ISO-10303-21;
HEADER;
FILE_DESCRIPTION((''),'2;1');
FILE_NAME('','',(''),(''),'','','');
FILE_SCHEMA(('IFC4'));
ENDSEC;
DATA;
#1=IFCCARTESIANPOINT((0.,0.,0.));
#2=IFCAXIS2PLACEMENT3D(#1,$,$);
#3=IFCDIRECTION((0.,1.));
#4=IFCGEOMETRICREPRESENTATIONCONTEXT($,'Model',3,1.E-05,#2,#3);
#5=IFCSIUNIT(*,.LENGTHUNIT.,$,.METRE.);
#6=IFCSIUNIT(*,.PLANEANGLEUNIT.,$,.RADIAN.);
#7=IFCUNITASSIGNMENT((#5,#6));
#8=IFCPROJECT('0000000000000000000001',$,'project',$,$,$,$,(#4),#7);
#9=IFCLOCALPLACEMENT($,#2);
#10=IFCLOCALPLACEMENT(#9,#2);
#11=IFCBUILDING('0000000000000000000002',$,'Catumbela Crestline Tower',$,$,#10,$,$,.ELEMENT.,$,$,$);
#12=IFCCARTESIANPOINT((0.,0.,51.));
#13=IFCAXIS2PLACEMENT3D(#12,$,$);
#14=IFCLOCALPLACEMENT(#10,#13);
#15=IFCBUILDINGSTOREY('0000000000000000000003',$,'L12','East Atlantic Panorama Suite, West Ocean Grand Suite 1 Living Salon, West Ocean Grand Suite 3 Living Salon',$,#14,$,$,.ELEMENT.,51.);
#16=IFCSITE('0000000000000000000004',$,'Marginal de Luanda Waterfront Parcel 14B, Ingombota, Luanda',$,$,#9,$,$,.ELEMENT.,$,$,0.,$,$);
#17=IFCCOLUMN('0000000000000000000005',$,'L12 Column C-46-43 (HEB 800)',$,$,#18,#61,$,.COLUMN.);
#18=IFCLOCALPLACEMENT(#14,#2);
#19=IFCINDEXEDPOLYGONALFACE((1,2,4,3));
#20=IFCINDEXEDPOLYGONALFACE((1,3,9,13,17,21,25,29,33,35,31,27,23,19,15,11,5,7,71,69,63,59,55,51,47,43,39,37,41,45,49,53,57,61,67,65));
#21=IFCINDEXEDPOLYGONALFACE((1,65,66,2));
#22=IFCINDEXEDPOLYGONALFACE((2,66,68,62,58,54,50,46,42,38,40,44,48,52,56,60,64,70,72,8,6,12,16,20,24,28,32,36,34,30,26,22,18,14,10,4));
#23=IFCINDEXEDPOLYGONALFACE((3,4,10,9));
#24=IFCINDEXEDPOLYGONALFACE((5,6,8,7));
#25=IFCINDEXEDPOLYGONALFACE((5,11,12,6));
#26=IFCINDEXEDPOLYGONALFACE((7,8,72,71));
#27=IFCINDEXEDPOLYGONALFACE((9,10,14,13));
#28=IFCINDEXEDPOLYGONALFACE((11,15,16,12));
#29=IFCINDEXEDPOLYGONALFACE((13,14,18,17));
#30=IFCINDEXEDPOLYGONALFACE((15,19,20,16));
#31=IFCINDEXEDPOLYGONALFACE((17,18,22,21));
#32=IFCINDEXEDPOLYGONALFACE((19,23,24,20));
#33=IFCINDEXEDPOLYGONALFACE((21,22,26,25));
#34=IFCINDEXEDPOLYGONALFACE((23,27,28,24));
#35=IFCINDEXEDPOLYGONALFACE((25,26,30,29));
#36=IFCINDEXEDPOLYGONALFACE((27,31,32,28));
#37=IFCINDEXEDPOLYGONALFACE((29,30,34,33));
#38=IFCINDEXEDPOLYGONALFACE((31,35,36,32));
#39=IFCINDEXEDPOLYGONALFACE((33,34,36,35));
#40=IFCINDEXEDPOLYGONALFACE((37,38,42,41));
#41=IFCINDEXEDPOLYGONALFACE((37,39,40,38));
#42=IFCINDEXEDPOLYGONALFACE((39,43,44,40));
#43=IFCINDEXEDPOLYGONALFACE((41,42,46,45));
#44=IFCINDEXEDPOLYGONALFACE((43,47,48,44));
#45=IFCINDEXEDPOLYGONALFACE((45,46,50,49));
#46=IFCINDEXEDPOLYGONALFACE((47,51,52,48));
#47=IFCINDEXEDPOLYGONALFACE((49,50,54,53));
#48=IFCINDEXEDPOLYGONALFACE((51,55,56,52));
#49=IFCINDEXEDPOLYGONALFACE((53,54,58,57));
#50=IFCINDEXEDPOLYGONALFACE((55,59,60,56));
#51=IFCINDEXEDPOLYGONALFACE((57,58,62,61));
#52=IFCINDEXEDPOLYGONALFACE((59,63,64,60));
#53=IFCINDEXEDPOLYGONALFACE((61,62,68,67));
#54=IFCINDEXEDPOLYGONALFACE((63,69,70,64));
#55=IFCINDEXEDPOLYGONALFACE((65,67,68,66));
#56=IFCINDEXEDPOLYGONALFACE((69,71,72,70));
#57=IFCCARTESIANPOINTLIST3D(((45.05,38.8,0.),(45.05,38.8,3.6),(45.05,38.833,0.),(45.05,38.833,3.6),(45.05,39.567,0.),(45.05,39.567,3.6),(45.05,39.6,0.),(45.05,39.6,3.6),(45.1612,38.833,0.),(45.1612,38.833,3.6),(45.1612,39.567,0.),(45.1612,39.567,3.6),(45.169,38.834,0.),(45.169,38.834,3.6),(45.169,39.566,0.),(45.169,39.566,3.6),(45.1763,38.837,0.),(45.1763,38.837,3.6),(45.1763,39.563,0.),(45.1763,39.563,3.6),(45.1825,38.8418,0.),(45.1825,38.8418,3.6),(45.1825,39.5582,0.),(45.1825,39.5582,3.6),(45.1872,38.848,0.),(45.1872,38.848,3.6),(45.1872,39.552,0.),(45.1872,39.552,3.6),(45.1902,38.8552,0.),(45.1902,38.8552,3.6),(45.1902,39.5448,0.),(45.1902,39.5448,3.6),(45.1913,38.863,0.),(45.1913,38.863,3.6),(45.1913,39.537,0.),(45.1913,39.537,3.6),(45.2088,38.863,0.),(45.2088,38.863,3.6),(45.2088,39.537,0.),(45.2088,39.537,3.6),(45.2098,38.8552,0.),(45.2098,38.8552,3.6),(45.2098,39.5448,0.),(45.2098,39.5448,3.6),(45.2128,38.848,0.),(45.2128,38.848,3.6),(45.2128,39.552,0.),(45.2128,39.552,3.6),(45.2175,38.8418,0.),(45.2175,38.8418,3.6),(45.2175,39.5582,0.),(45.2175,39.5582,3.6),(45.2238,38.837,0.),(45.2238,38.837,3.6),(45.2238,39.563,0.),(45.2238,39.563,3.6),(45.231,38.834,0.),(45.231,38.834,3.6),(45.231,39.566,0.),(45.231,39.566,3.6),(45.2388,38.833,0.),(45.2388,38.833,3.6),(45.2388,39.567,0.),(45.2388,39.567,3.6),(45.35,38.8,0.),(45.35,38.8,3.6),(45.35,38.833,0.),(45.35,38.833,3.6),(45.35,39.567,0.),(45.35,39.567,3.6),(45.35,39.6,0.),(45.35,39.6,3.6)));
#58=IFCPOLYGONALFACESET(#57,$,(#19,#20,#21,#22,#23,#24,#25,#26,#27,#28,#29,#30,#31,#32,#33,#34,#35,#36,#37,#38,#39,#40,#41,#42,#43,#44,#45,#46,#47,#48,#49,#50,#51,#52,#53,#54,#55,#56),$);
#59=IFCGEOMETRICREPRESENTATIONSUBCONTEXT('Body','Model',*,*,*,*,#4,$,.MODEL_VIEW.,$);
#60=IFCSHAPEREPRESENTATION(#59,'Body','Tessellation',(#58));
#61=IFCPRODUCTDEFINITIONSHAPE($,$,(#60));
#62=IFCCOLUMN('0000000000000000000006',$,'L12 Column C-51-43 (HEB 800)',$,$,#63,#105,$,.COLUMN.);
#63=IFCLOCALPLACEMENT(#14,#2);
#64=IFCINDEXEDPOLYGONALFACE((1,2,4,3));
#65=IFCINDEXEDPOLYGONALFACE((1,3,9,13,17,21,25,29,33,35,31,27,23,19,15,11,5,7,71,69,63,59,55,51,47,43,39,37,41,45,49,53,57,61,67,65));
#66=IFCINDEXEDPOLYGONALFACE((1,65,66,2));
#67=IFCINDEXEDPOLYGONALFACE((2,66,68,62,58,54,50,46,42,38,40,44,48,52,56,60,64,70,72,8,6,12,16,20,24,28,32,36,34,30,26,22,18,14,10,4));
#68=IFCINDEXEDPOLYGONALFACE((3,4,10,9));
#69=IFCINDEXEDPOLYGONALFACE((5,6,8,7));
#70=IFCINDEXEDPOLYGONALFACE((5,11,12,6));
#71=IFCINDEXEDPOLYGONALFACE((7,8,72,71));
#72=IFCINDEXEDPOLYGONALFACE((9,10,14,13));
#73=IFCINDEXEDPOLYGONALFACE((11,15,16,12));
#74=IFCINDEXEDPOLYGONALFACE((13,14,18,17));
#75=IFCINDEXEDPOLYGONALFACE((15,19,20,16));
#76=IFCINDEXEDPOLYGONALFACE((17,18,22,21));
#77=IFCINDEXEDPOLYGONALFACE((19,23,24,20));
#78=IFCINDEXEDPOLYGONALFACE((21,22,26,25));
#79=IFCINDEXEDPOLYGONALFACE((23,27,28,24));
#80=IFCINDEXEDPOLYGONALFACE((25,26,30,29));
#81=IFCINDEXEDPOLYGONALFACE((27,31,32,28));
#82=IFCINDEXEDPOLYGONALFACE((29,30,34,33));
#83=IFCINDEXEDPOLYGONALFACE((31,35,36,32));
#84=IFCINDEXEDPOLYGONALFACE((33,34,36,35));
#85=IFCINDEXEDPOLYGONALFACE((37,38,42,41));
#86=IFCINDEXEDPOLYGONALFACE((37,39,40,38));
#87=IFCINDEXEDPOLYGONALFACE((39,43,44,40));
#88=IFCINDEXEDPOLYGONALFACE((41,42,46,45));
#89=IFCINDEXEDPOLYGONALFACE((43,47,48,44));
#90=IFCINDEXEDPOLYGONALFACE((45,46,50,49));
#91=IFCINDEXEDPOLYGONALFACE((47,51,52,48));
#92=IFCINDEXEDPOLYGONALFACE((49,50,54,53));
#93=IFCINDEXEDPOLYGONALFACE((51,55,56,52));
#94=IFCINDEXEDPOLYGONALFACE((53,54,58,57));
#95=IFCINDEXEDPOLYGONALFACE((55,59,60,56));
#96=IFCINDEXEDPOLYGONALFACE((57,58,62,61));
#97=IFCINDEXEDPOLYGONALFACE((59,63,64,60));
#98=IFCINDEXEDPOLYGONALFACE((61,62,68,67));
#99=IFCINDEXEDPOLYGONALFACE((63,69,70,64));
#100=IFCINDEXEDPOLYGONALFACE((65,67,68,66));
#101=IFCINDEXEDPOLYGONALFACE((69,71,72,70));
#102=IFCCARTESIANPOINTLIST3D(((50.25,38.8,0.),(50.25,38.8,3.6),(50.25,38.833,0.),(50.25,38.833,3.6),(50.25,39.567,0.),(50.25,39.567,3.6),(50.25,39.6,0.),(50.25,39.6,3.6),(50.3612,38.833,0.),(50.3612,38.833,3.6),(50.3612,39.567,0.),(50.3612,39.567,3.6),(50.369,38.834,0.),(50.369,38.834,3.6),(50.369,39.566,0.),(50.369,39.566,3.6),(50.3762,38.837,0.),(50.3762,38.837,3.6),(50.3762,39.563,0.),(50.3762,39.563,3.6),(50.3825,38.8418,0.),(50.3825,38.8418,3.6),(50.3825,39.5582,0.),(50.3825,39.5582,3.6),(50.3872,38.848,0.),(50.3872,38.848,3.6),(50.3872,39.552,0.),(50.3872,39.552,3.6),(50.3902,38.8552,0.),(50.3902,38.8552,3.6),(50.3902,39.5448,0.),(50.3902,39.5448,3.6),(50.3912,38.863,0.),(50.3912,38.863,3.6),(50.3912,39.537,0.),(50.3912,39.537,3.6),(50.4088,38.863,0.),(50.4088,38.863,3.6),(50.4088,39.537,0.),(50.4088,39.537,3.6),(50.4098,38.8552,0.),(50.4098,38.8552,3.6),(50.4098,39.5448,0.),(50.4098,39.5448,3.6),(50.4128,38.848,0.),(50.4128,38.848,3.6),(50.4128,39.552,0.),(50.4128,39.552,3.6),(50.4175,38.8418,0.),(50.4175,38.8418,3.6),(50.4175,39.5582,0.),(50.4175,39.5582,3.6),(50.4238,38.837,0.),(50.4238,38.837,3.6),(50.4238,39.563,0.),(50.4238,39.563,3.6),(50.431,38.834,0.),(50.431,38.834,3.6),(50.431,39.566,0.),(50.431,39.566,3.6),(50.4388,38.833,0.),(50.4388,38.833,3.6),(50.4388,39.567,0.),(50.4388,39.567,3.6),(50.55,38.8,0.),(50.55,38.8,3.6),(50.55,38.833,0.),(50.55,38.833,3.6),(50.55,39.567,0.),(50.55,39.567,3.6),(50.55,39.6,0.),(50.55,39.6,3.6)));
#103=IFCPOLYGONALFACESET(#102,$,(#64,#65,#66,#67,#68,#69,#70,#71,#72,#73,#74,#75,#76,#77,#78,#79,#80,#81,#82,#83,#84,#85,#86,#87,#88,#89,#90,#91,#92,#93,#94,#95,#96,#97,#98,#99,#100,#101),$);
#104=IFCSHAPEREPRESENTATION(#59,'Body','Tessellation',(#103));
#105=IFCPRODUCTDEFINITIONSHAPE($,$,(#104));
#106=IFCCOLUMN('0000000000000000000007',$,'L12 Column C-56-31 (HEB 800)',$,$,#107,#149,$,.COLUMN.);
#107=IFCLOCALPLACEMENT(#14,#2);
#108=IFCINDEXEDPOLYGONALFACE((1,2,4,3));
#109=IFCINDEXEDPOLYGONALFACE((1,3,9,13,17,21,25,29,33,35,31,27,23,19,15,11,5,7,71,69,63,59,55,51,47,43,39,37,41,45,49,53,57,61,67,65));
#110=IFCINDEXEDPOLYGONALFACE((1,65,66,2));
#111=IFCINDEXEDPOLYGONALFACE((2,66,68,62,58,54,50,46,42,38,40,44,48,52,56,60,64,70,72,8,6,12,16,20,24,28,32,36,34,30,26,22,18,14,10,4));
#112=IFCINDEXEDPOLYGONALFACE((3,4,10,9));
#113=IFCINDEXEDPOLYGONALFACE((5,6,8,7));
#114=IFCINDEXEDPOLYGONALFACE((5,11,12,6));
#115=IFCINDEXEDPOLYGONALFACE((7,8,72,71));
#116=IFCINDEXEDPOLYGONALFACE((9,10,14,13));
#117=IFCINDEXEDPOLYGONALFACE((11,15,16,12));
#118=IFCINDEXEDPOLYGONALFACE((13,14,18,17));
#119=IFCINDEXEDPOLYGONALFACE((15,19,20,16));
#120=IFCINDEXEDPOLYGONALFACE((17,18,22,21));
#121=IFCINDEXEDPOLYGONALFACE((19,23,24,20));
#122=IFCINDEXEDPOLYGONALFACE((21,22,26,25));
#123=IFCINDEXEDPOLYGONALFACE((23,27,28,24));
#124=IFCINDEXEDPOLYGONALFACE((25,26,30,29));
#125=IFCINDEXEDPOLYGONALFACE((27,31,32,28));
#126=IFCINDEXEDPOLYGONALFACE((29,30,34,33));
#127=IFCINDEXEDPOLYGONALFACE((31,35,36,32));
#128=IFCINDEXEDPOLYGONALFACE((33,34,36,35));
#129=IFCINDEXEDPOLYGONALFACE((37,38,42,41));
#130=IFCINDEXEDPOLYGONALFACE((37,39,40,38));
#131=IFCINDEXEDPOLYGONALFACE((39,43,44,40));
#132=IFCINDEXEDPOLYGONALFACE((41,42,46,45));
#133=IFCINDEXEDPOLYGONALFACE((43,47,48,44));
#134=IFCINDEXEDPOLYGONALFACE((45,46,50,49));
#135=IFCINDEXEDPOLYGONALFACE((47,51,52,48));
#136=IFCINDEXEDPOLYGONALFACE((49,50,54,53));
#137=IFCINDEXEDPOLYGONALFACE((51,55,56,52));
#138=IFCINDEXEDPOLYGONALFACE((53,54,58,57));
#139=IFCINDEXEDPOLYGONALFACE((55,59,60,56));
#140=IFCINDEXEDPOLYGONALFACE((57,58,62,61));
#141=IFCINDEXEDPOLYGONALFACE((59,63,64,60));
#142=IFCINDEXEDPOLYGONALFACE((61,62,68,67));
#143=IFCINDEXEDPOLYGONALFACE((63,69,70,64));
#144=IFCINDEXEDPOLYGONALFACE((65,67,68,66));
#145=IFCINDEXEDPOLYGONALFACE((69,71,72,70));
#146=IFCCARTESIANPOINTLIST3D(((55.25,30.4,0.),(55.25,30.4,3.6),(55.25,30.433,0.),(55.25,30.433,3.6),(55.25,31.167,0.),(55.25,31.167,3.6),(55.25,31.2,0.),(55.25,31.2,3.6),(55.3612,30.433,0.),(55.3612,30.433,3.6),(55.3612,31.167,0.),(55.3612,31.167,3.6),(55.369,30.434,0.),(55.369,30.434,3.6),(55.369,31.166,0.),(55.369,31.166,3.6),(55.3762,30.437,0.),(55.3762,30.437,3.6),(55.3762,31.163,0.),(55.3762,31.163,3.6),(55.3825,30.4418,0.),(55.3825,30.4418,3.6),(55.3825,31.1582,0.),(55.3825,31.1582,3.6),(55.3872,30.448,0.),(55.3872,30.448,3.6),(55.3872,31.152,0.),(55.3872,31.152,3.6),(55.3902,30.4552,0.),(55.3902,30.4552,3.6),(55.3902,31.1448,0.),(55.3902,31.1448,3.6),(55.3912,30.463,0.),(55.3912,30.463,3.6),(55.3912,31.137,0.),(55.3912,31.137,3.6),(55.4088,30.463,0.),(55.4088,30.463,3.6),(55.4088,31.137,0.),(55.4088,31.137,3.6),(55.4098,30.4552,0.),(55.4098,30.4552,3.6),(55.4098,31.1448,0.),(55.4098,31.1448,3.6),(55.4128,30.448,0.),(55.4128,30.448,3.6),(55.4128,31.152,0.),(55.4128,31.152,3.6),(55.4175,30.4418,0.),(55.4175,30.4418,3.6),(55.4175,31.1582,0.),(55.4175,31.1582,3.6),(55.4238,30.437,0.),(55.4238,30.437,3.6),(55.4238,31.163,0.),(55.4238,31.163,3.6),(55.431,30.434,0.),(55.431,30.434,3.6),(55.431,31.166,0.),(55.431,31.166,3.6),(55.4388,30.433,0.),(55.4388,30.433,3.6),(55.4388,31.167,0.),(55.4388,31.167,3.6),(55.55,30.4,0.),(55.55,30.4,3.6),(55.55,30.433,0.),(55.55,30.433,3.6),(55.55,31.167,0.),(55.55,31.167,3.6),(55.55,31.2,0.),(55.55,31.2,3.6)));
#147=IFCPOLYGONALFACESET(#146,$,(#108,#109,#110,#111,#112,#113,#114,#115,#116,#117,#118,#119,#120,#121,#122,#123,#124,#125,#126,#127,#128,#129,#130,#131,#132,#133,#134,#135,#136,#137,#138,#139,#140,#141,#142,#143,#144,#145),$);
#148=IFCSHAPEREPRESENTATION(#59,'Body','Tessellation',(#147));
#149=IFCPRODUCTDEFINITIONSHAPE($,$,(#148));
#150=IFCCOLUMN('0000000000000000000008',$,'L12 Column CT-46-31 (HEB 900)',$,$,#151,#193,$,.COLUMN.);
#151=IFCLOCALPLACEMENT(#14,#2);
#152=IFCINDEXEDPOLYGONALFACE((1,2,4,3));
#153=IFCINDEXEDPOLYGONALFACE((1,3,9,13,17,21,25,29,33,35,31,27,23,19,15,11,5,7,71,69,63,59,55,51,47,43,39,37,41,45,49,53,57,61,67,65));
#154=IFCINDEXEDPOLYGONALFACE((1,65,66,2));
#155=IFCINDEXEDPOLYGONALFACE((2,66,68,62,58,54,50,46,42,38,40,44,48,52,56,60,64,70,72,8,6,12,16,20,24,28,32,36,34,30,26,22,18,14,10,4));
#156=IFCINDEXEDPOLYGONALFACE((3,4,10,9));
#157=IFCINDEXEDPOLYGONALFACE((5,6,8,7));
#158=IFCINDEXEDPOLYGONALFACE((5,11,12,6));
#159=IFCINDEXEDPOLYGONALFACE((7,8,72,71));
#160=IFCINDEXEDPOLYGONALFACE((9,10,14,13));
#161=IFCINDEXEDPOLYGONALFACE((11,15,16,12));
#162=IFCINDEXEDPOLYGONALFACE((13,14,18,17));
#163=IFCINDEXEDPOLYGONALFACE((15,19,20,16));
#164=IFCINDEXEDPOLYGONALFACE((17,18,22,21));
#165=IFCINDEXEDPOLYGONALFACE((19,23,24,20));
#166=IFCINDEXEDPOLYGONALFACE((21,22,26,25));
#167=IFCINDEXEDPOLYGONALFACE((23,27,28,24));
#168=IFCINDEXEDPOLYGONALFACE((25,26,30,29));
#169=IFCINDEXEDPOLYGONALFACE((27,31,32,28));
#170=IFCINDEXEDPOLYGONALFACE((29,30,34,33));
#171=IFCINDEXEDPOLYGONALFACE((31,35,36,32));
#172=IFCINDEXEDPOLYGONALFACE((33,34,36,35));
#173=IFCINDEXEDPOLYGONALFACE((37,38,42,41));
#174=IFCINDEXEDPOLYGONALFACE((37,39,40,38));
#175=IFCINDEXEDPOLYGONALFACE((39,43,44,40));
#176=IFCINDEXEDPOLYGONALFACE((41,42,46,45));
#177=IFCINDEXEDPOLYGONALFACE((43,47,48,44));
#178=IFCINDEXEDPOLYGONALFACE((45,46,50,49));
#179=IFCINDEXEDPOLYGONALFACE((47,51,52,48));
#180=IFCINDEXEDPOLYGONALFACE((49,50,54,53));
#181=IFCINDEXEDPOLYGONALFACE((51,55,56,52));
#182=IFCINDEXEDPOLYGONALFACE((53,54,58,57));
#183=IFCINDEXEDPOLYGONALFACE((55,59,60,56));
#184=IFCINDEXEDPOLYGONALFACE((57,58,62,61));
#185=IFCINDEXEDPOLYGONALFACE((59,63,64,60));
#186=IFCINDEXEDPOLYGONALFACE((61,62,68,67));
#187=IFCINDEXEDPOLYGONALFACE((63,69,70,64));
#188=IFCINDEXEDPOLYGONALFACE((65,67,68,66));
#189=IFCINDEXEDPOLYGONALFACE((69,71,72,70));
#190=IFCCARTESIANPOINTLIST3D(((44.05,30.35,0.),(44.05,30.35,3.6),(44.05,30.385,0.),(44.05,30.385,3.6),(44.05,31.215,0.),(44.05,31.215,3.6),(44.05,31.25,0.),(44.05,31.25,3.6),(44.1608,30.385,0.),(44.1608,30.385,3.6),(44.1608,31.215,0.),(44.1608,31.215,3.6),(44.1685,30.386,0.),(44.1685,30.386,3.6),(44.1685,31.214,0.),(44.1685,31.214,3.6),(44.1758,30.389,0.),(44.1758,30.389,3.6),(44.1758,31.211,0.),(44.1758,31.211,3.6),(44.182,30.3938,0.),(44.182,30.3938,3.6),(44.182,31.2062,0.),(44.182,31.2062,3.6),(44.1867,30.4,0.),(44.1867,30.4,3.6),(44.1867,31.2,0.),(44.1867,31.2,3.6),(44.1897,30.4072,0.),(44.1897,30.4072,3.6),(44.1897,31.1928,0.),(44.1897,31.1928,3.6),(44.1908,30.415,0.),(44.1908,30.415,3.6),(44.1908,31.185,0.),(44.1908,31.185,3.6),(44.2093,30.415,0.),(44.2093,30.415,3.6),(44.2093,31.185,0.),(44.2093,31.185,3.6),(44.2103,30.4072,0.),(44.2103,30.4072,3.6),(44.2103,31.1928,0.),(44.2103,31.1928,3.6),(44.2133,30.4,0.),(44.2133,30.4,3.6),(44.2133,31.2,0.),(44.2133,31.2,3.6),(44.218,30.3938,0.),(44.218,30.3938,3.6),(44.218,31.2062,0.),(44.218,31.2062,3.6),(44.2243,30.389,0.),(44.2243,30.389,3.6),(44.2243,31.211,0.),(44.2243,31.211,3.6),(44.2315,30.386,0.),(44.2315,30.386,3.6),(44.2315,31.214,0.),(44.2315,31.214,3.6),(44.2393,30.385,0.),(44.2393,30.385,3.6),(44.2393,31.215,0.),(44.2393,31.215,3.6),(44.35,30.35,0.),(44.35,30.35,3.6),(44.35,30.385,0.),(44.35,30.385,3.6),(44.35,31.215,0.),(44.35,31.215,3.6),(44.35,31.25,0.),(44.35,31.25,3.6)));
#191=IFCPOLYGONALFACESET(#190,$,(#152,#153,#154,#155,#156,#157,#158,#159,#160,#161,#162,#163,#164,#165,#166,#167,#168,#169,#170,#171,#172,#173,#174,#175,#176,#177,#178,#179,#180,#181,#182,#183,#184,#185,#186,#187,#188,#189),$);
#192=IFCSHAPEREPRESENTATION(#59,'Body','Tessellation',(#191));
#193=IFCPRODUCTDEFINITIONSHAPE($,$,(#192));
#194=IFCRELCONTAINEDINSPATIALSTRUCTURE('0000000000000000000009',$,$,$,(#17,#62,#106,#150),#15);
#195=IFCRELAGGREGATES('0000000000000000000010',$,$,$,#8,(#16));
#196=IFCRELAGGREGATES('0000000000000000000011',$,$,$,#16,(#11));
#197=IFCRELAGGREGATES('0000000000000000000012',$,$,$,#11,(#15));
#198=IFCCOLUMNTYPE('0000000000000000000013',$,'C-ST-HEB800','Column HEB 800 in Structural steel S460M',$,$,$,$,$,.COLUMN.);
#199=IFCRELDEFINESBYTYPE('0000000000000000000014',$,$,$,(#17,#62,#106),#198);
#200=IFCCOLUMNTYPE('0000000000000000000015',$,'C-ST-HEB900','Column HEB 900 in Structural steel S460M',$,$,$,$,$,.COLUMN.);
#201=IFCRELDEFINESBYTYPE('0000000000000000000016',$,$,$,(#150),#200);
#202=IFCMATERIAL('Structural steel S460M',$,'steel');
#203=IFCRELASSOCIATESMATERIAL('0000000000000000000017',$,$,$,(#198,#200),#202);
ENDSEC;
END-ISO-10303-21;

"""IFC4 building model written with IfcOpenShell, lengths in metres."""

from ifc_helpers import new_model, si_unit, direction, frame, origin, origin_2d, place, context, subcontext, project, spatial, i_section, extrude, material, material_profile, profile_set, type_object, element, save


model = new_model("IFC4")

# Units and contexts
model_context = context("Model", 3, precision=1e-05, world=origin(), true_north=direction((0.0, 1.0)))
body_context = subcontext(model_context, "Body", "Model", "MODEL_VIEW")
ifc_project = project(units=[si_unit("LENGTHUNIT", "METRE"), si_unit("PLANEANGLEUNIT", "RADIAN")], contexts=[model_context])

# Site, building, storey
site_placement = place(None, origin())
site = spatial("IfcSite", under=ifc_project, at=site_placement, Name="Marginal de Luanda Waterfront Parcel 14B, Ingombota, Luanda", CompositionType="ELEMENT", RefElevation=0.0)
building_placement = place(site_placement, origin())
building = spatial("IfcBuilding", under=site, at=building_placement, Name="Catumbela Crestline Tower", CompositionType="ELEMENT")
storey_placement = place(building_placement, frame((0.0, 0.0, 51.0)))
storey = spatial("IfcBuildingStorey", under=building, at=storey_placement, Name="L12", Description="East Atlantic Panorama Suite, West Ocean Grand Suite 1 Living Salon, West Ocean Grand Suite 3 Living Salon", CompositionType="ELEMENT", Elevation=51.0)

# Columns
ifc_material_1 = material(Name="Structural steel S460M", Category="steel")
ifc_material_profile_1 = material_profile(ifc_material_1, i_section(OverallWidth=0.3, OverallDepth=0.8, WebThickness=0.0175, FlangeThickness=0.033, FilletRadius=0.03, at=origin_2d()), Name="HEB 800")
ifc_profile_set_1 = profile_set([ifc_material_profile_1], Name="Structural steel S460M")
column_type_1 = type_object("IfcColumnType", Name="C-ST-HEB800", Description="Column HEB 800 in Structural steel S460M", PredefinedType="COLUMN", material=ifc_profile_set_1)
for number, where, z_axis, x_axis, name in (
    (1, (45.2, 39.2, 0.0), (0.0, 0.0, 1.0), (1.0, 0.0, 0.0), "L12 Column C-46-43 (HEB 800)"),
    (2, (50.4, 39.2, 0.0), (0.0, 0.0, 1.0), (1.0, 0.0, 0.0), "L12 Column C-51-43 (HEB 800)"),
    (3, (55.4, 30.8, 0.0), (0.0, 0.0, 1.0), (1.0, 0.0, 0.0), "L12 Column C-56-31 (HEB 800)"),
):
    element("IfcColumn", number, at=place(storey_placement, frame(where, z_axis=z_axis, x_axis=x_axis)), inside=storey, type_object=column_type_1, Name=name, PredefinedType="COLUMN", context=body_context, shape_type="SweptSolid", body=[
        extrude(i_section(OverallWidth=0.3, OverallDepth=0.8, WebThickness=0.0175, FlangeThickness=0.033, FilletRadius=0.03, at=origin_2d()), origin(), (0.0, 0.0, 1.0), 3.6),
    ])
ifc_material_profile_2 = material_profile(ifc_material_1, i_section(OverallWidth=0.3, OverallDepth=0.9, WebThickness=0.0185, FlangeThickness=0.035, FilletRadius=0.03, at=origin_2d()), Name="HEB 900")
ifc_profile_set_2 = profile_set([ifc_material_profile_2], Name="Structural steel S460M")
column_type_2 = type_object("IfcColumnType", Name="C-ST-HEB900", Description="Column HEB 900 in Structural steel S460M", PredefinedType="COLUMN", material=ifc_profile_set_2)
for number, where, z_axis, x_axis, name in (
    (4, (44.2, 30.8, 0.0), (0.0, 0.0, 1.0), (1.0, 0.0, 0.0), "L12 Column CT-46-31 (HEB 900)"),
):
    element("IfcColumn", number, at=place(storey_placement, frame(where, z_axis=z_axis, x_axis=x_axis)), inside=storey, type_object=column_type_2, Name=name, PredefinedType="COLUMN", context=body_context, shape_type="SweptSolid", body=[
        extrude(i_section(OverallWidth=0.3, OverallDepth=0.9, WebThickness=0.0185, FlangeThickness=0.035, FilletRadius=0.03, at=origin_2d()), origin(), (0.0, 0.0, 1.0), 3.6),
    ])

save(model, "model.ifc")
